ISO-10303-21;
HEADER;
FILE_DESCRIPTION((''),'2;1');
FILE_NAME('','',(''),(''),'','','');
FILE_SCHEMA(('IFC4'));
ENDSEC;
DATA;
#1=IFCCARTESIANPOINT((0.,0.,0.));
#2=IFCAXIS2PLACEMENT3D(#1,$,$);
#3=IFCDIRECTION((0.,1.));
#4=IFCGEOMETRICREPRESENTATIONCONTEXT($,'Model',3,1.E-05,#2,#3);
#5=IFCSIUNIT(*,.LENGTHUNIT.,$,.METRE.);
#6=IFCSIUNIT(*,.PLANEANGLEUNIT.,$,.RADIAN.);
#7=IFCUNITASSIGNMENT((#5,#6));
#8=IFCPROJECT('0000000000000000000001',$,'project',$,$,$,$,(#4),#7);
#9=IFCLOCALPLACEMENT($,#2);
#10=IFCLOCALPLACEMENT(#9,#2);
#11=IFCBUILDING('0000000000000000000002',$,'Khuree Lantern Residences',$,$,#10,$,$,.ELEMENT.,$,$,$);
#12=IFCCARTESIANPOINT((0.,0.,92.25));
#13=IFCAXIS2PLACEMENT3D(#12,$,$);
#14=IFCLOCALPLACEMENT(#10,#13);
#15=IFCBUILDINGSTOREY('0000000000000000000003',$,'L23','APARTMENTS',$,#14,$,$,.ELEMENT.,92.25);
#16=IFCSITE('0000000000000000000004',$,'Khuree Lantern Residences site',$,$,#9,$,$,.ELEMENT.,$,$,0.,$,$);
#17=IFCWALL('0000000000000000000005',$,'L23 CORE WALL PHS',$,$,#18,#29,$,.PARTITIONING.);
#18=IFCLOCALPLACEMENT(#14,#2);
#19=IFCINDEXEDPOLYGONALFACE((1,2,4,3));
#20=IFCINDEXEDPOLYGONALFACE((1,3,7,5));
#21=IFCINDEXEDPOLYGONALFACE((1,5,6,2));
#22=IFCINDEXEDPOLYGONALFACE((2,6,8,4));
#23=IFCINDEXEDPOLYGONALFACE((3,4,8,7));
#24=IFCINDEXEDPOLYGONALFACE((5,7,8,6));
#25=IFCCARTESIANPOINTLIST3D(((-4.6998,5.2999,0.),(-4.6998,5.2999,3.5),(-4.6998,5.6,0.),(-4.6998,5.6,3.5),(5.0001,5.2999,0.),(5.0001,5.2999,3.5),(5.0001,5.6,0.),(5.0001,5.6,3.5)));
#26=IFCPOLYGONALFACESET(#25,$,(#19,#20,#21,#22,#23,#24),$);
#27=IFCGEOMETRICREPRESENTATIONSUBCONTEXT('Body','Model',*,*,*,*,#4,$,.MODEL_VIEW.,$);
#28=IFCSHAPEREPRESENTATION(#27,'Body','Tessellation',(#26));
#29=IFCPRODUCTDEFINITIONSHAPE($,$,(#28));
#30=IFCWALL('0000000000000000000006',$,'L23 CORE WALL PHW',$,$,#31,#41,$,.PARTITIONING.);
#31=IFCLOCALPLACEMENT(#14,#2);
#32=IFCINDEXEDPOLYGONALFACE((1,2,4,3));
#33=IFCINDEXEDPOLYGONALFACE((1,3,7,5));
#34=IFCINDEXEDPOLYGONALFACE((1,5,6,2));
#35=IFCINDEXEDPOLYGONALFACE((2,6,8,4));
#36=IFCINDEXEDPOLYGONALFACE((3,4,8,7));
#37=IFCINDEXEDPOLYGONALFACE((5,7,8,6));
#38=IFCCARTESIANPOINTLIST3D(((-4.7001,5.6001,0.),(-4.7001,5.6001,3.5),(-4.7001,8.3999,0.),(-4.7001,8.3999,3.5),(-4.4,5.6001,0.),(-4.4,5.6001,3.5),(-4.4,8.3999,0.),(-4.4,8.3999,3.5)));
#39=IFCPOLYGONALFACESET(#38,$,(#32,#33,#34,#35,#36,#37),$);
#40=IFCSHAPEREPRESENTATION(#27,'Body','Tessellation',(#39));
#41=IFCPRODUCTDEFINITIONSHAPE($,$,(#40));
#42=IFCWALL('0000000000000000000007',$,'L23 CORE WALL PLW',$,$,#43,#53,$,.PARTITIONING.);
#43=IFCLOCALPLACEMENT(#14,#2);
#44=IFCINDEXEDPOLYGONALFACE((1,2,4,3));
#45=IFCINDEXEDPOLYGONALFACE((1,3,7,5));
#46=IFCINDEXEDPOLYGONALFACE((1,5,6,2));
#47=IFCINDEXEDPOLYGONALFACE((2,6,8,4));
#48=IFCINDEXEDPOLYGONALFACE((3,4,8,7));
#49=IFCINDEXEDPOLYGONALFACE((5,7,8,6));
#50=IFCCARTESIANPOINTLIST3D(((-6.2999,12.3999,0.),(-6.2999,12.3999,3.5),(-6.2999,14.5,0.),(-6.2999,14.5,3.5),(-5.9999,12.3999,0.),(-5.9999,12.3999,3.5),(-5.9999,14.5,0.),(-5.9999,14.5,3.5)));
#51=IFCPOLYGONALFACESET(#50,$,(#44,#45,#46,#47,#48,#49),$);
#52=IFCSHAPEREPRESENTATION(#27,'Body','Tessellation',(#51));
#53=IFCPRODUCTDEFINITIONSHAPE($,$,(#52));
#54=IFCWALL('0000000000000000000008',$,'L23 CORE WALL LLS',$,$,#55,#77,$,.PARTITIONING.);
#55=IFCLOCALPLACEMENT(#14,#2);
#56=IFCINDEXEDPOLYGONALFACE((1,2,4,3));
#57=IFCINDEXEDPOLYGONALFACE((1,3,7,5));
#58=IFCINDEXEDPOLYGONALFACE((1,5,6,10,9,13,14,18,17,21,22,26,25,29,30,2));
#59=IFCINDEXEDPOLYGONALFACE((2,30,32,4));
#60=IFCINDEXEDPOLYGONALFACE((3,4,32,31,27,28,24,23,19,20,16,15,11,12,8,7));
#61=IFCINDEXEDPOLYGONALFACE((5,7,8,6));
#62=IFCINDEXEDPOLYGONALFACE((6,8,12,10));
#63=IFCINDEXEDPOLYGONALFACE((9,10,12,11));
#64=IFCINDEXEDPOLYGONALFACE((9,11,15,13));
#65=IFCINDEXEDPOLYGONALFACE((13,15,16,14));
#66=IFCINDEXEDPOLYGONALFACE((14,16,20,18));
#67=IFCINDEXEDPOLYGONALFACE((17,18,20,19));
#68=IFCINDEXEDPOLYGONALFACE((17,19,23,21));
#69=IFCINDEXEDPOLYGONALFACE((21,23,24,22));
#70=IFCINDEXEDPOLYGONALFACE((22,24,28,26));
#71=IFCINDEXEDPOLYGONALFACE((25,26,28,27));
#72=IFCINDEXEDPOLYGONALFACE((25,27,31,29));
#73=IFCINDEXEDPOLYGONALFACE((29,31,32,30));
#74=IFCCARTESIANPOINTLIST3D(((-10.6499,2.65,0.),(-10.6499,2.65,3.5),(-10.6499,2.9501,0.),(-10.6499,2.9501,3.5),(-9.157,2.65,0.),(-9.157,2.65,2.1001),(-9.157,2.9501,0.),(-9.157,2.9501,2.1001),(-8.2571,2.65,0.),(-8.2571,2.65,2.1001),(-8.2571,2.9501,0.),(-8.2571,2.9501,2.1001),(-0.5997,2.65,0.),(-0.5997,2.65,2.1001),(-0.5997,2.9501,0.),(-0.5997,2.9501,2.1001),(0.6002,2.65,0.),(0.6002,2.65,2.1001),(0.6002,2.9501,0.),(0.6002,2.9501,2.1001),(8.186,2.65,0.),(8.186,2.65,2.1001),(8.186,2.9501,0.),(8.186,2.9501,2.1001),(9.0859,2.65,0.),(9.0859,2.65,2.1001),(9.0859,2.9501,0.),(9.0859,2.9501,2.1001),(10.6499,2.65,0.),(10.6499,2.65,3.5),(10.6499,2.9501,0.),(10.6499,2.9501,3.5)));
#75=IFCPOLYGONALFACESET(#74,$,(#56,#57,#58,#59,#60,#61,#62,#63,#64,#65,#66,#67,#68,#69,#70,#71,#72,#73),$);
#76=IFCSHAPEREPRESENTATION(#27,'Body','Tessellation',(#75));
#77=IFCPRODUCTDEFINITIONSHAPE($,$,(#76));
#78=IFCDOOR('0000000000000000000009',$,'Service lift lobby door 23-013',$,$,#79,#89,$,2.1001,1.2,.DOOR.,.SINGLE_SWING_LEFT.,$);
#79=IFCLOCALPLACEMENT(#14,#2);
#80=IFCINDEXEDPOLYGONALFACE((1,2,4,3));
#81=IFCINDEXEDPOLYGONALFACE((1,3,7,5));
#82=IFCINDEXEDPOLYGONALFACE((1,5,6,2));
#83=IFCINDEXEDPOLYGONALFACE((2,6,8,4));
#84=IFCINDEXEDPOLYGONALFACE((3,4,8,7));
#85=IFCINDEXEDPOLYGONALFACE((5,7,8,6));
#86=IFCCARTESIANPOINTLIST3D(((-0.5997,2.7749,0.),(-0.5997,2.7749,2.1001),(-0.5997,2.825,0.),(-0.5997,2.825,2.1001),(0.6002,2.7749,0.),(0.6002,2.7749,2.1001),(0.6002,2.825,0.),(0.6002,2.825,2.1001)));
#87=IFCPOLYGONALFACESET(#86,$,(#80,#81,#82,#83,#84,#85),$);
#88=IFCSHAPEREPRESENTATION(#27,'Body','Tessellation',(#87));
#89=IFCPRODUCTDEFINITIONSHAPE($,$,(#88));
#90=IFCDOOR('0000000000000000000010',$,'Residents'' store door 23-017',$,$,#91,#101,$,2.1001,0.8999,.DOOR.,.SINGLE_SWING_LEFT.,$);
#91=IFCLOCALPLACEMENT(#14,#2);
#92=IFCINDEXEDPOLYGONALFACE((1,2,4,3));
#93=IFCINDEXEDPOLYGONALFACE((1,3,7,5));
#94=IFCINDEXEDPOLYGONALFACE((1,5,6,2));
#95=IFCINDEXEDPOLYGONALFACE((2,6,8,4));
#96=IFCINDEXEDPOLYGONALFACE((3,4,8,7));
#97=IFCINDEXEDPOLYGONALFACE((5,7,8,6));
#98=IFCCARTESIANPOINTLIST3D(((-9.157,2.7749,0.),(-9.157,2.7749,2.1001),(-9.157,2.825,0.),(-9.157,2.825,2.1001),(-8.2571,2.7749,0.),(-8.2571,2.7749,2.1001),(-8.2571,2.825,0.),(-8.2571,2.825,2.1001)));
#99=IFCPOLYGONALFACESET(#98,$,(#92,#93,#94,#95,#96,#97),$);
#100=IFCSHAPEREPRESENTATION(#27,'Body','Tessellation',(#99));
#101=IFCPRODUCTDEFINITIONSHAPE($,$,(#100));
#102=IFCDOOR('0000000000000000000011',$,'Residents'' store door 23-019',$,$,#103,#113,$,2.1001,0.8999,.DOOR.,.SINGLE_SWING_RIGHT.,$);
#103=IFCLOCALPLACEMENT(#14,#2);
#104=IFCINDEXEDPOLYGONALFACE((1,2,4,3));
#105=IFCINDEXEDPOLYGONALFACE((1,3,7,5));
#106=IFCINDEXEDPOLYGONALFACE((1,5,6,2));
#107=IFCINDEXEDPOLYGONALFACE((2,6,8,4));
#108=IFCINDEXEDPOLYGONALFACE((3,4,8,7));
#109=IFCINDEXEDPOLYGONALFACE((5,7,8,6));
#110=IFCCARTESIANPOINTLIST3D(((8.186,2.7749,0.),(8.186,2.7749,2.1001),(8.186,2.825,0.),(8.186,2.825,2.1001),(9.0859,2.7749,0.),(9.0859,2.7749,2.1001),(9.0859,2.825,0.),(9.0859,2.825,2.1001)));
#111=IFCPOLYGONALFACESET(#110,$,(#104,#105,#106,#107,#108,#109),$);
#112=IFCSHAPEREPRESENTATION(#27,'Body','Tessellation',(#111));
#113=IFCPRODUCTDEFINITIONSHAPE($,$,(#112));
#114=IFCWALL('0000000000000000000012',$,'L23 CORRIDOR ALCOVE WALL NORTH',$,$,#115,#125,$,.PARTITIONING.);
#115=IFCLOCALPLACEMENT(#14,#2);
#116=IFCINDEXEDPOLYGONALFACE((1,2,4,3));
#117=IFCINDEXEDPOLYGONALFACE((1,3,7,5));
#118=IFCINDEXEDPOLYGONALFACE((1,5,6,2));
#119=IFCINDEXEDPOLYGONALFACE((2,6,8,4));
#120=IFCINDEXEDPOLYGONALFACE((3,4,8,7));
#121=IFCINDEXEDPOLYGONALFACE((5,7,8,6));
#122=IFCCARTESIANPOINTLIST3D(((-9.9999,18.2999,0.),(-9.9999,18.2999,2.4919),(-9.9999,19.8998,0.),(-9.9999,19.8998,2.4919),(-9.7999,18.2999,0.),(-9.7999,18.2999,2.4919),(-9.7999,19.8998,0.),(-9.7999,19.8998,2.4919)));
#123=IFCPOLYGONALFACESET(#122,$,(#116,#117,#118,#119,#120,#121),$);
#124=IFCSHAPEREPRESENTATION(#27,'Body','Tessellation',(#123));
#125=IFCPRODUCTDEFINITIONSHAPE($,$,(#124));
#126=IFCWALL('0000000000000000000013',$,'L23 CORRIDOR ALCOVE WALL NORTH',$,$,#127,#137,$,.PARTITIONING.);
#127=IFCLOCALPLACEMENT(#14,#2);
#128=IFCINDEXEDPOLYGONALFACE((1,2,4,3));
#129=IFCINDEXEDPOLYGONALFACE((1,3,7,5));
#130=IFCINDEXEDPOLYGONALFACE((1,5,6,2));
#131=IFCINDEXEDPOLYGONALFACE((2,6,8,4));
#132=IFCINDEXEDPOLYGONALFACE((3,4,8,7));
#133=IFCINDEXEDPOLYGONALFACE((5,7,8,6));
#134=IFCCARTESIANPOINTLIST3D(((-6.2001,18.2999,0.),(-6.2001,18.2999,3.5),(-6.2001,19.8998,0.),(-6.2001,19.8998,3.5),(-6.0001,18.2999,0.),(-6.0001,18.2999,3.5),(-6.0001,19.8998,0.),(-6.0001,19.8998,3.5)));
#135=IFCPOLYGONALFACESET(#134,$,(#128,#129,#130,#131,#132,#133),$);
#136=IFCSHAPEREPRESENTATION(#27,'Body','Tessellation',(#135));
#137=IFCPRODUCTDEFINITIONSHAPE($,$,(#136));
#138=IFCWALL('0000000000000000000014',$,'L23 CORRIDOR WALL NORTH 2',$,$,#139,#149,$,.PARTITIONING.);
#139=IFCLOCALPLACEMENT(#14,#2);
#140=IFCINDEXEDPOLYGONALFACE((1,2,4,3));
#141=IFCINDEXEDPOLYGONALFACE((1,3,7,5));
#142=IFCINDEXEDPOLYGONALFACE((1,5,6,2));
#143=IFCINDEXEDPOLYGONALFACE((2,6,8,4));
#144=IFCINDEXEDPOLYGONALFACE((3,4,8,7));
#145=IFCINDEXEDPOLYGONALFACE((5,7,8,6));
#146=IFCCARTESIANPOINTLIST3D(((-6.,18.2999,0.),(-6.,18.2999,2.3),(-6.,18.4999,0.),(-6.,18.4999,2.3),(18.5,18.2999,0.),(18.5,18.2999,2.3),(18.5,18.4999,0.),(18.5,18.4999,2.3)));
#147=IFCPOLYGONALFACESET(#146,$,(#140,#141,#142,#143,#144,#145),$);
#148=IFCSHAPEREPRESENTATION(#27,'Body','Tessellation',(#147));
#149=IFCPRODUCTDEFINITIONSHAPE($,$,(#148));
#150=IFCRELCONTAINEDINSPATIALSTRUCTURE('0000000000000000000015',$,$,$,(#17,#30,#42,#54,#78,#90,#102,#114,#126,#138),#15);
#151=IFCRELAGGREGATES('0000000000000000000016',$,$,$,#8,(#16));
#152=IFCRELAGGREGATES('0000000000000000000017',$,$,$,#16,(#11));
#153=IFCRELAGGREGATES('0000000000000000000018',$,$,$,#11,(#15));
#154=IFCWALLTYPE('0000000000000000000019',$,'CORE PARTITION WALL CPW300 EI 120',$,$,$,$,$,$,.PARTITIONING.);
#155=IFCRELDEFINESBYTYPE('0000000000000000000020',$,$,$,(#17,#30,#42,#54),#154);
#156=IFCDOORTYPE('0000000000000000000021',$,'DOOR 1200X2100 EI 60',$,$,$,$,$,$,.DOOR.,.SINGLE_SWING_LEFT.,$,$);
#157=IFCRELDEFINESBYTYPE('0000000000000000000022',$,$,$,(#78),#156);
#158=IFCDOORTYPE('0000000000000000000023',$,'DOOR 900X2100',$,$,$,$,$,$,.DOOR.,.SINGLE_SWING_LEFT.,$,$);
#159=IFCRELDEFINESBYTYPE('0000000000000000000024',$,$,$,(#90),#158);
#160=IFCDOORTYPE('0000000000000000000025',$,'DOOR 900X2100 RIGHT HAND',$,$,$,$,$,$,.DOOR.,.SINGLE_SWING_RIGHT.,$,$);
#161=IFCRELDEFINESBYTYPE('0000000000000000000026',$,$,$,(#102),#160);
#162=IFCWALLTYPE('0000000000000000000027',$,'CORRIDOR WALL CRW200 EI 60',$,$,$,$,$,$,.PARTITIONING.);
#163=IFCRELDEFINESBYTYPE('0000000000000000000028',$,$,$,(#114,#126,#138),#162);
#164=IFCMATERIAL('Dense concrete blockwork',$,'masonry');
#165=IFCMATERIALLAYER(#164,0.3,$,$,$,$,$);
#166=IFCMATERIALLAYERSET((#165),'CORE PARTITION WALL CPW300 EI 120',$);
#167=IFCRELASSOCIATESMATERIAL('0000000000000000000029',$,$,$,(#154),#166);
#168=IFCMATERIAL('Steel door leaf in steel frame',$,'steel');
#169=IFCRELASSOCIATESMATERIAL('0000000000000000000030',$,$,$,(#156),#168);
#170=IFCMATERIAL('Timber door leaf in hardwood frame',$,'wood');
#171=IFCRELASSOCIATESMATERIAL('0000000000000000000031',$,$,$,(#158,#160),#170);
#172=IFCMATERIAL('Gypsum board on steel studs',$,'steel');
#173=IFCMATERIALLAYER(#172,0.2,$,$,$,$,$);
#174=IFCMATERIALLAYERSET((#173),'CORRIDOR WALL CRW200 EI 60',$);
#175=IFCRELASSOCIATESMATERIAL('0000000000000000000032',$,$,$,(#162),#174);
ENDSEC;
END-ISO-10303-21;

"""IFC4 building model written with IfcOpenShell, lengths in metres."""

from ifc_helpers import new_model, si_unit, direction, frame, frame_2d, origin, place, context, subcontext, project, spatial, rectangle, extrude, material, layer, layer_set, type_object, element, fill, save


model = new_model("IFC4")

# Units and contexts
model_context = context("Model", 3, precision=1e-05, world=origin(), true_north=direction((0.0, 1.0)))
body_context = subcontext(model_context, "Body", "Model", "MODEL_VIEW")
ifc_project = project(units=[si_unit("LENGTHUNIT", "METRE"), si_unit("PLANEANGLEUNIT", "RADIAN")], contexts=[model_context])

# Site, building, storey
site_placement = place(None, origin())
site = spatial("IfcSite", under=ifc_project, at=site_placement, Name="Khuree Lantern Residences site", CompositionType="ELEMENT", RefElevation=0.0)
building_placement = place(site_placement, origin())
building = spatial("IfcBuilding", under=site, at=building_placement, Name="Khuree Lantern Residences", CompositionType="ELEMENT")
storey_placement = place(building_placement, frame((0.0, 0.0, 92.25)))
storey = spatial("IfcBuildingStorey", under=building, at=storey_placement, Name="L23", Description="APARTMENTS", CompositionType="ELEMENT", Elevation=92.25)

# Walls
ifc_material_1 = material(Name="Dense concrete blockwork", Category="masonry")
ifc_layer_1 = layer(ifc_material_1, 0.3)
ifc_layer_set_1 = layer_set([ifc_layer_1], Name="CORE PARTITION WALL CPW300 EI 120")
wall_type_1 = type_object("IfcWallType", Name="CORE PARTITION WALL CPW300 EI 120", PredefinedType="PARTITIONING", material=ifc_layer_set_1)
wall_1_placement = place(storey_placement, frame((-4.7, 5.45, 0.0), z_axis=(0.0, 0.0, 1.0), x_axis=(1.0, 0.0, 0.0)))
element("IfcWall", 1, at=wall_1_placement, inside=storey, type_object=wall_type_1, Name="L23 CORE WALL PHS", PredefinedType="PARTITIONING", context=body_context, shape_type="SweptSolid", body=[
    extrude(rectangle(XDim=9.7, YDim=0.3, at=frame_2d((4.8501, 0.0))), origin(), (0.0, 0.0, 1.0), 3.5),
])
wall_2_placement = place(storey_placement, frame((-4.55, 5.6001, 0.0), z_axis=(0.0, 0.0, 1.0), x_axis=(0.0, 1.0, 0.0)))
element("IfcWall", 2, at=wall_2_placement, inside=storey, type_object=wall_type_1, Name="L23 CORE WALL PHW", PredefinedType="PARTITIONING", context=body_context, shape_type="SweptSolid", body=[
    extrude(rectangle(XDim=2.7998, YDim=0.3, at=frame_2d((1.3999, 0.0))), origin(), (0.0, 0.0, 1.0), 3.5),
])
wall_3_placement = place(storey_placement, frame((-6.1499, 12.3999, 0.0), z_axis=(0.0, 0.0, 1.0), x_axis=(0.0, 1.0, 0.0)))
element("IfcWall", 3, at=wall_3_placement, inside=storey, type_object=wall_type_1, Name="L23 CORE WALL PLW", PredefinedType="PARTITIONING", context=body_context, shape_type="SweptSolid", body=[
    extrude(rectangle(XDim=2.1001, YDim=0.3, at=frame_2d((1.05, 0.0))), origin(), (0.0, 0.0, 1.0), 3.5),
])

# Wall, openings, doors
wall_4_placement = place(storey_placement, frame((-10.6499, 2.8, 0.0), z_axis=(0.0, 0.0, 1.0), x_axis=(1.0, 0.0, 0.0)))
wall_4 = element("IfcWall", 4, at=wall_4_placement, inside=storey, type_object=wall_type_1, Name="L23 CORE WALL LLS", PredefinedType="PARTITIONING", context=body_context, shape_type="SweptSolid", body=[
    extrude(rectangle(XDim=21.2998, YDim=0.3, at=frame_2d((10.6499, 0.0))), origin(), (0.0, 0.0, 1.0), 3.5),
])
opening_1_placement = place(wall_4_placement, frame((10.05, 0.0, 0.0)))
opening_1 = element("IfcOpeningElement", 5, at=opening_1_placement, cuts=wall_4, PredefinedType="OPENING", context=body_context, shape_type="SweptSolid", body=[
    extrude(rectangle(XDim=1.2, YDim=2.1001, at=frame_2d((0.6001, 1.05))), frame((0.0, 0.1602, 0.0), z_axis=(0.0, -1.0, 0.0), x_axis=(1.0, 0.0, 0.0)), (0.0, 0.0, 1.0), 0.3201),
])
opening_2_placement = place(wall_4_placement, frame((1.4929, 0.0, 0.0)))
opening_2 = element("IfcOpeningElement", 6, at=opening_2_placement, cuts=wall_4, PredefinedType="OPENING", context=body_context, shape_type="SweptSolid", body=[
    extrude(rectangle(XDim=0.8999, YDim=2.1001, at=frame_2d((0.45, 1.05))), frame((0.0, 0.1602, 0.0), z_axis=(0.0, -1.0, 0.0), x_axis=(1.0, 0.0, 0.0)), (0.0, 0.0, 1.0), 0.3201),
])
opening_3_placement = place(wall_4_placement, frame((18.8359, 0.0, 0.0)))
opening_3 = element("IfcOpeningElement", 7, at=opening_3_placement, cuts=wall_4, PredefinedType="OPENING", context=body_context, shape_type="SweptSolid", body=[
    extrude(rectangle(XDim=0.8999, YDim=2.1001, at=frame_2d((0.45, 1.05))), frame((0.0, 0.1602, 0.0), z_axis=(0.0, -1.0, 0.0), x_axis=(1.0, 0.0, 0.0)), (0.0, 0.0, 1.0), 0.3201),
])
ifc_material_2 = material(Name="Steel door leaf in steel frame", Category="steel")
door_type_1 = type_object("IfcDoorType", Name="DOOR 1200X2100 EI 60", OperationType="SINGLE_SWING_LEFT", PredefinedType="DOOR", material=ifc_material_2)
door_1_placement = place(opening_1_placement, origin())
door_1 = element("IfcDoor", 8, at=door_1_placement, inside=storey, type_object=door_type_1, Name="Service lift lobby door 23-013", OperationType="SINGLE_SWING_LEFT", OverallHeight=2.1001, OverallWidth=1.2, PredefinedType="DOOR", context=body_context, shape_type="SweptSolid", body=[
    extrude(rectangle(XDim=1.2, YDim=2.1001, at=frame_2d((0.6001, 1.05))), frame((0.0, 0.0249, 0.0), z_axis=(0.0, -1.0, 0.0), x_axis=(1.0, 0.0, 0.0)), (0.0, 0.0, 1.0), 0.05),
])
fill(opening_1, door_1)
ifc_material_3 = material(Name="Timber door leaf in hardwood frame", Category="wood")
door_type_2 = type_object("IfcDoorType", Name="DOOR 900X2100", OperationType="SINGLE_SWING_LEFT", PredefinedType="DOOR", material=ifc_material_3)
door_2_placement = place(opening_2_placement, origin())
door_2 = element("IfcDoor", 9, at=door_2_placement, inside=storey, type_object=door_type_2, Name="Residents' store door 23-017", OperationType="SINGLE_SWING_LEFT", OverallHeight=2.1001, OverallWidth=0.8999, PredefinedType="DOOR", context=body_context, shape_type="SweptSolid", body=[
    extrude(rectangle(XDim=0.8999, YDim=2.1001, at=frame_2d((0.45, 1.05))), frame((0.0, 0.0249, 0.0), z_axis=(0.0, -1.0, 0.0), x_axis=(1.0, 0.0, 0.0)), (0.0, 0.0, 1.0), 0.05),
])
fill(opening_2, door_2)
door_type_3 = type_object("IfcDoorType", Name="DOOR 900X2100 RIGHT HAND", OperationType="SINGLE_SWING_RIGHT", PredefinedType="DOOR", material=ifc_material_3)
door_3_placement = place(opening_3_placement, origin())
door_3 = element("IfcDoor", 10, at=door_3_placement, inside=storey, type_object=door_type_3, Name="Residents' store door 23-019", OperationType="SINGLE_SWING_RIGHT", OverallHeight=2.1001, OverallWidth=0.8999, PredefinedType="DOOR", context=body_context, shape_type="SweptSolid", body=[
    extrude(rectangle(XDim=0.8999, YDim=2.1001, at=frame_2d((0.45, 1.05))), frame((0.0, 0.0249, 0.0), z_axis=(0.0, -1.0, 0.0), x_axis=(1.0, 0.0, 0.0)), (0.0, 0.0, 1.0), 0.05),
])
fill(opening_3, door_3)

# Walls
ifc_material_4 = material(Name="Gypsum board on steel studs", Category="steel")
ifc_layer_2 = layer(ifc_material_4, 0.2)
ifc_layer_set_2 = layer_set([ifc_layer_2], Name="CORRIDOR WALL CRW200 EI 60")
wall_type_2 = type_object("IfcWallType", Name="CORRIDOR WALL CRW200 EI 60", PredefinedType="PARTITIONING", material=ifc_layer_set_2)
wall_5_placement = place(storey_placement, frame((-9.8999, 18.3, 0.0), z_axis=(0.0, 0.0, 1.0), x_axis=(0.0, 1.0, 0.0)))
element("IfcWall", 11, at=wall_5_placement, inside=storey, type_object=wall_type_2, Name="L23 CORRIDOR ALCOVE WALL NORTH", PredefinedType="PARTITIONING", context=body_context, shape_type="SweptSolid", body=[
    extrude(rectangle(XDim=1.5999, YDim=0.2, at=frame_2d((0.7998, 0.0))), origin(), (0.0, 0.0, 1.0), 2.4919),
])
wall_6_placement = place(storey_placement, frame((-6.1001, 18.3, 0.0), z_axis=(0.0, 0.0, 1.0), x_axis=(0.0, 1.0, 0.0)))
element("IfcWall", 12, at=wall_6_placement, inside=storey, type_object=wall_type_2, Name="L23 CORRIDOR ALCOVE WALL NORTH", PredefinedType="PARTITIONING", context=body_context, shape_type="SweptSolid", body=[
    extrude(rectangle(XDim=1.5999, YDim=0.2, at=frame_2d((0.7998, 0.0))), origin(), (0.0, 0.0, 1.0), 3.5),
])
wall_7_placement = place(storey_placement, frame((-6.0, 18.3999, 0.0), z_axis=(0.0, 0.0, 1.0), x_axis=(1.0, 0.0, 0.0)))
element("IfcWall", 13, at=wall_7_placement, inside=storey, type_object=wall_type_2, Name="L23 CORRIDOR WALL NORTH 2", PredefinedType="PARTITIONING", context=body_context, shape_type="SweptSolid", body=[
    extrude(rectangle(XDim=24.5, YDim=0.2, at=frame_2d((12.25, 0.0))), origin(), (0.0, 0.0, 1.0), 2.3),
])

save(model, "model.ifc")
